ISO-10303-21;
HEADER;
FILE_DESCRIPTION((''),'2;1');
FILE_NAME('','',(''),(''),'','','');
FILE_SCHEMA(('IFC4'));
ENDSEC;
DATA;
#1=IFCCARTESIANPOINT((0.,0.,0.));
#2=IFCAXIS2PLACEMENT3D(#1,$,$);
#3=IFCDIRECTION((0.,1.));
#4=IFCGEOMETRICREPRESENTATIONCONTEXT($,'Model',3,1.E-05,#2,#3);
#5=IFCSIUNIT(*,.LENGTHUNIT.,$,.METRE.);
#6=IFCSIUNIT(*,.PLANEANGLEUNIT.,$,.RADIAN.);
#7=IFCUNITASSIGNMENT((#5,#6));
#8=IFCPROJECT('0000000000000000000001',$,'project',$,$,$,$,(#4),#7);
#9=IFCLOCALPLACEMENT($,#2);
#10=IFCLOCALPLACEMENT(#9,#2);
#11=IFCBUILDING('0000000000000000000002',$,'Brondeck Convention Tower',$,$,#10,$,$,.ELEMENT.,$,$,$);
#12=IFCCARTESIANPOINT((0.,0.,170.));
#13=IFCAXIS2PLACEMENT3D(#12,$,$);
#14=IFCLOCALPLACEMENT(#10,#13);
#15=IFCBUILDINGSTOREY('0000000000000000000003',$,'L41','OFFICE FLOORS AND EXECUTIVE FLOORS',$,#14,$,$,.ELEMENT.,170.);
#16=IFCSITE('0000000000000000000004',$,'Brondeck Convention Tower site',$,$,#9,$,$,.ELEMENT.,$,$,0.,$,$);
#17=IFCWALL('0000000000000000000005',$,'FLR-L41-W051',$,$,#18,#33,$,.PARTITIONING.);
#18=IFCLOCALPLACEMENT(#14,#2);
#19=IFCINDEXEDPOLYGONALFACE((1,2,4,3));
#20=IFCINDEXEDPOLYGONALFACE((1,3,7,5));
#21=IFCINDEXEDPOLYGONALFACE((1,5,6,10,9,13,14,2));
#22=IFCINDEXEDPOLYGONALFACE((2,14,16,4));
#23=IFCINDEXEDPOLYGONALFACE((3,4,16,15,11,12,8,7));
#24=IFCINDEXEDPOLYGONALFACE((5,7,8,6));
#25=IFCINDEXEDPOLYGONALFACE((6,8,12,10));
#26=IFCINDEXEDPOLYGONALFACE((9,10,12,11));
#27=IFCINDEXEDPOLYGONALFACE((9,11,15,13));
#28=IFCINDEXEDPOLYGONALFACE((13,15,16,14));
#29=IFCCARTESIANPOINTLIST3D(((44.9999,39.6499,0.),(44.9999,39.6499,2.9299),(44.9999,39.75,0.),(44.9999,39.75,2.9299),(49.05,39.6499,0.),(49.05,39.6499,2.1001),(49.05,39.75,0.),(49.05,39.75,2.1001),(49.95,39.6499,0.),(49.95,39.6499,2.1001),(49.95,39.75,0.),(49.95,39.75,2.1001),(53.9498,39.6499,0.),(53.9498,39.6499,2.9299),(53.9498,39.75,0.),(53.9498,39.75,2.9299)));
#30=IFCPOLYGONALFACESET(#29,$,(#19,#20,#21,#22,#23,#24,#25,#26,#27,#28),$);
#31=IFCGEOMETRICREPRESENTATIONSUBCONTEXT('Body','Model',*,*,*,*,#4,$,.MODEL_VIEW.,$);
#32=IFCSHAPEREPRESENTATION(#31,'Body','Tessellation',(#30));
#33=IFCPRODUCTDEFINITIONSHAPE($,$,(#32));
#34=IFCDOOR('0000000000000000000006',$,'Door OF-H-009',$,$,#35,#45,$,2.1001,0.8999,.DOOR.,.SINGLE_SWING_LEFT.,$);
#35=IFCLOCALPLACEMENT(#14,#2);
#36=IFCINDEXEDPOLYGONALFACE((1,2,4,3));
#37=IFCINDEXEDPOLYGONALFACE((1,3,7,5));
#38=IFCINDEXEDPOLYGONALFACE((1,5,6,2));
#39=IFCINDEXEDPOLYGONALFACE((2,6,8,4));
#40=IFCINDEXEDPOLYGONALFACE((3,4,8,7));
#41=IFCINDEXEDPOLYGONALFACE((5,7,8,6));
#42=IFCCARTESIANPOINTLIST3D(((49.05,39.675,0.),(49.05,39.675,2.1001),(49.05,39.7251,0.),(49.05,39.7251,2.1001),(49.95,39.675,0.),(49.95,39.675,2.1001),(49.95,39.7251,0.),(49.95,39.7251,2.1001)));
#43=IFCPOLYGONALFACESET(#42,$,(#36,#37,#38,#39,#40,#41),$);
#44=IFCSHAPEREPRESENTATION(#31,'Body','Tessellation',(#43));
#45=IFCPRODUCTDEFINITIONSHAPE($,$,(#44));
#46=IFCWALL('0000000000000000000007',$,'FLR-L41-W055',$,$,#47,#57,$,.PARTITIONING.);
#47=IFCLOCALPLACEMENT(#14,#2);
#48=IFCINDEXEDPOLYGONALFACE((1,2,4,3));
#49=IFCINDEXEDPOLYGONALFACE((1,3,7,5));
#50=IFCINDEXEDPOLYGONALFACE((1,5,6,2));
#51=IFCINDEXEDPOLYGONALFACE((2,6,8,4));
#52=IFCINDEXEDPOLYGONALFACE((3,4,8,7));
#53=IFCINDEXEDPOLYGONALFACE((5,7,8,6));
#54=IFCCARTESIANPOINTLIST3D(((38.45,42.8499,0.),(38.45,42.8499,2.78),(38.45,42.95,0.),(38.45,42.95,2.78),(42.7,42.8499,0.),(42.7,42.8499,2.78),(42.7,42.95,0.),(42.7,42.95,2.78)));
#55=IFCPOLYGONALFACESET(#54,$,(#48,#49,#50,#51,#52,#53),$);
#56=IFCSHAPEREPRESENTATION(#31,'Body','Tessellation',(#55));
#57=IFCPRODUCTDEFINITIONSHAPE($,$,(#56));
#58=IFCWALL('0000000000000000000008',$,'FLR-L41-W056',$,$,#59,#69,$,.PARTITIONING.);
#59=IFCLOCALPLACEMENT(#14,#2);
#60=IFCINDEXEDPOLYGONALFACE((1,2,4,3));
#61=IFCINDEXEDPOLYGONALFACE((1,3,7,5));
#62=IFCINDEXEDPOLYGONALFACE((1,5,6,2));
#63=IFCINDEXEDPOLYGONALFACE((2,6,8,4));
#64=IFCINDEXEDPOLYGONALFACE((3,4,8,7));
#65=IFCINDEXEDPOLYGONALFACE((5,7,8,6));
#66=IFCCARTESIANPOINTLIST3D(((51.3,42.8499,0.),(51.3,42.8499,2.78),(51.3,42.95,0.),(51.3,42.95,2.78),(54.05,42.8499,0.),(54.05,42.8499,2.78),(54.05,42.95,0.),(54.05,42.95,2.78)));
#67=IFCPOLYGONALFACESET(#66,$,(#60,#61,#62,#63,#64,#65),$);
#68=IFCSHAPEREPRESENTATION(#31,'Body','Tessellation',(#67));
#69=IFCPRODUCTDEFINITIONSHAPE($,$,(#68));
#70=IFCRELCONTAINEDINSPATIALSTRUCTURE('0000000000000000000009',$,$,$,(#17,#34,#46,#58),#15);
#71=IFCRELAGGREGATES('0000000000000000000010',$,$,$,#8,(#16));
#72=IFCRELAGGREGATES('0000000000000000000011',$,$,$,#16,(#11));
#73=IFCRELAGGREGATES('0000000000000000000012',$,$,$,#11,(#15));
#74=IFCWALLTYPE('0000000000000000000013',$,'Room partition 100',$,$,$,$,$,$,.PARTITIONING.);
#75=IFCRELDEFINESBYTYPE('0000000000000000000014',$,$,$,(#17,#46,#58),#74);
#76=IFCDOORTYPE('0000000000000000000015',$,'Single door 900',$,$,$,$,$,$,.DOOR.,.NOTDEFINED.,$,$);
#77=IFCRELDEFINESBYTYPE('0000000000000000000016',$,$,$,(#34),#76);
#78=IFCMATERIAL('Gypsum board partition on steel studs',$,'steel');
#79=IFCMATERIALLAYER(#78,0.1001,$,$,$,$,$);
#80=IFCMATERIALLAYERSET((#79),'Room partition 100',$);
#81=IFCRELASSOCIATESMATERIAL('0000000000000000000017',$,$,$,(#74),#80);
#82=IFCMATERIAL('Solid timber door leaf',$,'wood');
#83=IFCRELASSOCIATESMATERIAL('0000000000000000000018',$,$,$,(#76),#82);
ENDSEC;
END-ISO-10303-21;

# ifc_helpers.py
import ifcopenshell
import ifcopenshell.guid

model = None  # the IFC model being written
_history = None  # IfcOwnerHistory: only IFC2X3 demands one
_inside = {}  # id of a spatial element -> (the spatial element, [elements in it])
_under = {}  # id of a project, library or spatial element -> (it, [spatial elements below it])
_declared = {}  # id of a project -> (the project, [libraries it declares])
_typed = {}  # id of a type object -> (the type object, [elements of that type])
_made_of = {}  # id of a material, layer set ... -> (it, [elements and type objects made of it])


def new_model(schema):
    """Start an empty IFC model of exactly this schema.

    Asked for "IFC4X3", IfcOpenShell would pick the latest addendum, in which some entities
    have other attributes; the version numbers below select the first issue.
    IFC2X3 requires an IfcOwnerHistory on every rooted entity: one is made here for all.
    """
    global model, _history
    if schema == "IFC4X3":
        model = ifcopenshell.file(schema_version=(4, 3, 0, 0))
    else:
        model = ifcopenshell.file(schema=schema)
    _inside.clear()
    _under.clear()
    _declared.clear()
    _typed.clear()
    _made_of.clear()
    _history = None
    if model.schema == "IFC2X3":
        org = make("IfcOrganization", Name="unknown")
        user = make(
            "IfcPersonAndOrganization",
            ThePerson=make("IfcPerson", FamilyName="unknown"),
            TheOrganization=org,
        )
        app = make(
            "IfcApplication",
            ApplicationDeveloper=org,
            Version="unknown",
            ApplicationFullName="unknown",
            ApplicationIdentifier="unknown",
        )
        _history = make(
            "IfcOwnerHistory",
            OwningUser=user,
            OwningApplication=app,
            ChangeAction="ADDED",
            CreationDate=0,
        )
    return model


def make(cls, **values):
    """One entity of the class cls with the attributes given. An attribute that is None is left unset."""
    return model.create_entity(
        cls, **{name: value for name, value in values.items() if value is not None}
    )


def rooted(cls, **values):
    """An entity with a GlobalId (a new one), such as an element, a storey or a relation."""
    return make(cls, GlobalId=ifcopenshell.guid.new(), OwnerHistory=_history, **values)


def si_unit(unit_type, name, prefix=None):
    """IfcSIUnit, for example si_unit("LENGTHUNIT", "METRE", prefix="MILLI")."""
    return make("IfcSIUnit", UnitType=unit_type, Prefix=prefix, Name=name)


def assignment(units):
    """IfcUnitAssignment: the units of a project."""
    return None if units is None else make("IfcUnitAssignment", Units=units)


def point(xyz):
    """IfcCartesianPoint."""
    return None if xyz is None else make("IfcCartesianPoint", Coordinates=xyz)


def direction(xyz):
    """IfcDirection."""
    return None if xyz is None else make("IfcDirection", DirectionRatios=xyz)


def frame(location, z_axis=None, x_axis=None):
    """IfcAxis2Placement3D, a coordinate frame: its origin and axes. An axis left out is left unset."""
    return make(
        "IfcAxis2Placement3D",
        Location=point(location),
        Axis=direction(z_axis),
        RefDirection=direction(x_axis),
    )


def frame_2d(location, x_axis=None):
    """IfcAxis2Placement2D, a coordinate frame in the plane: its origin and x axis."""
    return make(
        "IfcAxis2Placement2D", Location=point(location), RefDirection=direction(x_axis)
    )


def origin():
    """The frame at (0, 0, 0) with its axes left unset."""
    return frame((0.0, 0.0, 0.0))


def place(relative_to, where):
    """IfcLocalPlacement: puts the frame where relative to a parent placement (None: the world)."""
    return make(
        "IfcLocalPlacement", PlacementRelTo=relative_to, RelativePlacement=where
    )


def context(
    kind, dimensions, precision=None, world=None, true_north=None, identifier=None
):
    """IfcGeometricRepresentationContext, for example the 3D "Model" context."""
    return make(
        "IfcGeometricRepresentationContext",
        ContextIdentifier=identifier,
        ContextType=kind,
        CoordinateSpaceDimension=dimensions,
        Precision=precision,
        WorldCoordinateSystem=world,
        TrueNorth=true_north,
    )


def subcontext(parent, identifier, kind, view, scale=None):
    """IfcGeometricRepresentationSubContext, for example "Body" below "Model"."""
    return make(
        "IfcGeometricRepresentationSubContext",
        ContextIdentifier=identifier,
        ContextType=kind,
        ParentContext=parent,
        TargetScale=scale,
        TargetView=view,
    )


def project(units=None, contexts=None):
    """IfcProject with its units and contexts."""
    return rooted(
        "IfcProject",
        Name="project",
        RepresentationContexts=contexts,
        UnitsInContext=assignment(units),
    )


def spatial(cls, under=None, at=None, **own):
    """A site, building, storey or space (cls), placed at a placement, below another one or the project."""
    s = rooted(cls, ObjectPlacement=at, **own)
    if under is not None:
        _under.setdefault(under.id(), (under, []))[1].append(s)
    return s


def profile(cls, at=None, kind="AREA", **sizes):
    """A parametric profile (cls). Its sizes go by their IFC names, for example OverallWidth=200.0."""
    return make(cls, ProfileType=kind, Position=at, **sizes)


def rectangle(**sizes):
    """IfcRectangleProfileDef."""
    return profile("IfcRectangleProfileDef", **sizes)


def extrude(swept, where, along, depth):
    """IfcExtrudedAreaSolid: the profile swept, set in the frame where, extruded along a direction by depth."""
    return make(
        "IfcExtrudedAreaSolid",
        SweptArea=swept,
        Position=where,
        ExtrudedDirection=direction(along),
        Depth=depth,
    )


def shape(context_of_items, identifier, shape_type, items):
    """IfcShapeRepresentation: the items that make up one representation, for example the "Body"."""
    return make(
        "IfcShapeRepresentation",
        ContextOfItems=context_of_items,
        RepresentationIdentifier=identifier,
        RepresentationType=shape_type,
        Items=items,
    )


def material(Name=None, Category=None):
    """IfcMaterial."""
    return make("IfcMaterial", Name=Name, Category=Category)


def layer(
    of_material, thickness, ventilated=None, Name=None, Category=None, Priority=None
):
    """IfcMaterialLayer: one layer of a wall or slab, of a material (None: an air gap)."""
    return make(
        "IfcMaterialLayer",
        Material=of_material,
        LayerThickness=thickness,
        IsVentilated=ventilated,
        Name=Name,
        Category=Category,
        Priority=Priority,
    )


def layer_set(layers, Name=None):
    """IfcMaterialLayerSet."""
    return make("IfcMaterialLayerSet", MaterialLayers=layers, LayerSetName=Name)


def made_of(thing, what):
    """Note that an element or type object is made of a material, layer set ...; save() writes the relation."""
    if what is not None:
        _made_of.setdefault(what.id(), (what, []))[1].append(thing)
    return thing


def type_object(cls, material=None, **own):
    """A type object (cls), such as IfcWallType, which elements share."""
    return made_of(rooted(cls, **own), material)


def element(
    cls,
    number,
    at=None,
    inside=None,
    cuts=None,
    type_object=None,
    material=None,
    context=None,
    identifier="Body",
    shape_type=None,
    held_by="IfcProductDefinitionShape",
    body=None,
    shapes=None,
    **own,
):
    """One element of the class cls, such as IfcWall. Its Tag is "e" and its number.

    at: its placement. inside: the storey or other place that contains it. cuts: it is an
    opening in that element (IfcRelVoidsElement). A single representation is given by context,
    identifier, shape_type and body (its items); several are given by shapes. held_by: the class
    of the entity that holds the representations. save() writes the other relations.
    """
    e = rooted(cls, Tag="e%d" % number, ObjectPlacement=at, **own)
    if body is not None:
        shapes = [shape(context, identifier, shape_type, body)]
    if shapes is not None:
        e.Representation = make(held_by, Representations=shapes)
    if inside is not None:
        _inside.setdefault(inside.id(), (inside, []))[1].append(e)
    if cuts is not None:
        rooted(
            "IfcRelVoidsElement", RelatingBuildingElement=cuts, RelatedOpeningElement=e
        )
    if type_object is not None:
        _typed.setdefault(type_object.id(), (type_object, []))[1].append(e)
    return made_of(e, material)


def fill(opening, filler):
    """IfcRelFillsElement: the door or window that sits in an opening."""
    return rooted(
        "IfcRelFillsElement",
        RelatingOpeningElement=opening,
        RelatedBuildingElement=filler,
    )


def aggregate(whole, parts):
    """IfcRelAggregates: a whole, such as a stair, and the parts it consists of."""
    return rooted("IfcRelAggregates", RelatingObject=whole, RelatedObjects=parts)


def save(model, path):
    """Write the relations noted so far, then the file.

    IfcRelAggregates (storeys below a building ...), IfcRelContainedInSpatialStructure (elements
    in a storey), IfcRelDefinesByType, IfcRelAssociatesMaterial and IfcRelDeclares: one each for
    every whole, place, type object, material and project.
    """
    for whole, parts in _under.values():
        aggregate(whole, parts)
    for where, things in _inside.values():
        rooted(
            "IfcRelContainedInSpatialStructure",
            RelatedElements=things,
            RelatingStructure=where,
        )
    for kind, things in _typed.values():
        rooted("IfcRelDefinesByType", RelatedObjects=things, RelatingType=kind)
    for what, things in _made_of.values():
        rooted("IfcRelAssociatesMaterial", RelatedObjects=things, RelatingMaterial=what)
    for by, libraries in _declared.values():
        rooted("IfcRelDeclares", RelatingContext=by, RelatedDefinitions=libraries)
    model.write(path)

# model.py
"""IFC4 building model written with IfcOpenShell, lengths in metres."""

from ifc_helpers import new_model, si_unit, direction, frame, frame_2d, origin, place, context, subcontext, project, spatial, rectangle, extrude, material, layer, layer_set, type_object, element, fill, save


model = new_model("IFC4")

# Units and contexts
model_context = context("Model", 3, precision=1e-05, world=origin(), true_north=direction((0.0, 1.0)))
body_context = subcontext(model_context, "Body", "Model", "MODEL_VIEW")
ifc_project = project(units=[si_unit("LENGTHUNIT", "METRE"), si_unit("PLANEANGLEUNIT", "RADIAN")], contexts=[model_context])

# Site, building, storey
site_placement = place(None, origin())
site = spatial("IfcSite", under=ifc_project, at=site_placement, Name="Brondeck Convention Tower site", CompositionType="ELEMENT", RefElevation=0.0)
building_placement = place(site_placement, origin())
building = spatial("IfcBuilding", under=site, at=building_placement, Name="Brondeck Convention Tower", CompositionType="ELEMENT")
storey_placement = place(building_placement, frame((0.0, 0.0, 170.0)))
storey = spatial("IfcBuildingStorey", under=building, at=storey_placement, Name="L41", Description="OFFICE FLOORS AND EXECUTIVE FLOORS", CompositionType="ELEMENT", Elevation=170.0)

# Shared definitions
ifc_material_1 = material(Name="Gypsum board partition on steel studs", Category="steel")
ifc_layer_1 = layer(ifc_material_1, 0.1001)
ifc_layer_set_1 = layer_set([ifc_layer_1], Name="Room partition 100")
wall_type_1 = type_object("IfcWallType", Name="Room partition 100", PredefinedType="PARTITIONING", material=ifc_layer_set_1)

# Shared definitions
ifc_material_2 = material(Name="Solid timber door leaf", Category="wood")
door_type = type_object("IfcDoorType", Name="Single door 900", OperationType="NOTDEFINED", PredefinedType="DOOR", material=ifc_material_2)

# Wall, opening, door
wall_1_placement = place(storey_placement, frame((53.95, 39.7, 0.0), z_axis=(0.0, 0.0, 1.0), x_axis=(-1.0, 0.0, 0.0)))
wall_1 = element("IfcWall", 1, at=wall_1_placement, inside=storey, type_object=wall_type_1, Name="FLR-L41-W051", PredefinedType="PARTITIONING", context=body_context, shape_type="SweptSolid", body=[
    extrude(rectangle(XDim=8.95, YDim=0.1001, at=frame_2d((4.4751, 0.0))), origin(), (0.0, 0.0, 1.0), 2.9299),
])
opening_1_placement = place(wall_1_placement, frame((4.0, 0.0, 0.0)))
opening_1 = element("IfcOpeningElement", 2, at=opening_1_placement, cuts=wall_1, PredefinedType="OPENING", context=body_context, shape_type="SweptSolid", body=[
    extrude(rectangle(XDim=0.8999, YDim=2.1001, at=frame_2d((0.45, 1.05))), frame((0.0, 0.0601, 0.0), z_axis=(0.0, -1.0, 0.0), x_axis=(1.0, 0.0, 0.0)), (0.0, 0.0, 1.0), 0.1201),
])
door_1_placement = place(opening_1_placement, origin())
door_1 = element("IfcDoor", 3, at=door_1_placement, inside=storey, type_object=door_type, Name="Door OF-H-009", OperationType="SINGLE_SWING_LEFT", OverallHeight=2.1001, OverallWidth=0.8999, PredefinedType="DOOR", context=body_context, shape_type="SweptSolid", body=[
    extrude(rectangle(XDim=0.8999, YDim=2.1001, at=frame_2d((0.45, 1.05))), frame((0.0, 0.0249, 0.0), z_axis=(0.0, -1.0, 0.0), x_axis=(1.0, 0.0, 0.0)), (0.0, 0.0, 1.0), 0.05),
])
fill(opening_1, door_1)

# Walls
wall_2_placement = place(storey_placement, frame((38.45, 42.8999, 0.0), z_axis=(0.0, 0.0, 1.0), x_axis=(1.0, 0.0, 0.0)))
element("IfcWall", 4, at=wall_2_placement, inside=storey, type_object=wall_type_1, Name="FLR-L41-W055", PredefinedType="PARTITIONING", context=body_context, shape_type="SweptSolid", body=[
    extrude(rectangle(XDim=4.25, YDim=0.1001, at=frame_2d((2.125, 0.0))), origin(), (0.0, 0.0, 1.0), 2.78),
])
wall_3_placement = place(storey_placement, frame((51.3, 42.8999, 0.0), z_axis=(0.0, 0.0, 1.0), x_axis=(1.0, 0.0, 0.0)))
element("IfcWall", 5, at=wall_3_placement, inside=storey, type_object=wall_type_1, Name="FLR-L41-W056", PredefinedType="PARTITIONING", context=body_context, shape_type="SweptSolid", body=[
    extrude(rectangle(XDim=2.75, YDim=0.1001, at=frame_2d((1.375, 0.0))), origin(), (0.0, 0.0, 1.0), 2.78),
])

save(model, "model.ifc")
